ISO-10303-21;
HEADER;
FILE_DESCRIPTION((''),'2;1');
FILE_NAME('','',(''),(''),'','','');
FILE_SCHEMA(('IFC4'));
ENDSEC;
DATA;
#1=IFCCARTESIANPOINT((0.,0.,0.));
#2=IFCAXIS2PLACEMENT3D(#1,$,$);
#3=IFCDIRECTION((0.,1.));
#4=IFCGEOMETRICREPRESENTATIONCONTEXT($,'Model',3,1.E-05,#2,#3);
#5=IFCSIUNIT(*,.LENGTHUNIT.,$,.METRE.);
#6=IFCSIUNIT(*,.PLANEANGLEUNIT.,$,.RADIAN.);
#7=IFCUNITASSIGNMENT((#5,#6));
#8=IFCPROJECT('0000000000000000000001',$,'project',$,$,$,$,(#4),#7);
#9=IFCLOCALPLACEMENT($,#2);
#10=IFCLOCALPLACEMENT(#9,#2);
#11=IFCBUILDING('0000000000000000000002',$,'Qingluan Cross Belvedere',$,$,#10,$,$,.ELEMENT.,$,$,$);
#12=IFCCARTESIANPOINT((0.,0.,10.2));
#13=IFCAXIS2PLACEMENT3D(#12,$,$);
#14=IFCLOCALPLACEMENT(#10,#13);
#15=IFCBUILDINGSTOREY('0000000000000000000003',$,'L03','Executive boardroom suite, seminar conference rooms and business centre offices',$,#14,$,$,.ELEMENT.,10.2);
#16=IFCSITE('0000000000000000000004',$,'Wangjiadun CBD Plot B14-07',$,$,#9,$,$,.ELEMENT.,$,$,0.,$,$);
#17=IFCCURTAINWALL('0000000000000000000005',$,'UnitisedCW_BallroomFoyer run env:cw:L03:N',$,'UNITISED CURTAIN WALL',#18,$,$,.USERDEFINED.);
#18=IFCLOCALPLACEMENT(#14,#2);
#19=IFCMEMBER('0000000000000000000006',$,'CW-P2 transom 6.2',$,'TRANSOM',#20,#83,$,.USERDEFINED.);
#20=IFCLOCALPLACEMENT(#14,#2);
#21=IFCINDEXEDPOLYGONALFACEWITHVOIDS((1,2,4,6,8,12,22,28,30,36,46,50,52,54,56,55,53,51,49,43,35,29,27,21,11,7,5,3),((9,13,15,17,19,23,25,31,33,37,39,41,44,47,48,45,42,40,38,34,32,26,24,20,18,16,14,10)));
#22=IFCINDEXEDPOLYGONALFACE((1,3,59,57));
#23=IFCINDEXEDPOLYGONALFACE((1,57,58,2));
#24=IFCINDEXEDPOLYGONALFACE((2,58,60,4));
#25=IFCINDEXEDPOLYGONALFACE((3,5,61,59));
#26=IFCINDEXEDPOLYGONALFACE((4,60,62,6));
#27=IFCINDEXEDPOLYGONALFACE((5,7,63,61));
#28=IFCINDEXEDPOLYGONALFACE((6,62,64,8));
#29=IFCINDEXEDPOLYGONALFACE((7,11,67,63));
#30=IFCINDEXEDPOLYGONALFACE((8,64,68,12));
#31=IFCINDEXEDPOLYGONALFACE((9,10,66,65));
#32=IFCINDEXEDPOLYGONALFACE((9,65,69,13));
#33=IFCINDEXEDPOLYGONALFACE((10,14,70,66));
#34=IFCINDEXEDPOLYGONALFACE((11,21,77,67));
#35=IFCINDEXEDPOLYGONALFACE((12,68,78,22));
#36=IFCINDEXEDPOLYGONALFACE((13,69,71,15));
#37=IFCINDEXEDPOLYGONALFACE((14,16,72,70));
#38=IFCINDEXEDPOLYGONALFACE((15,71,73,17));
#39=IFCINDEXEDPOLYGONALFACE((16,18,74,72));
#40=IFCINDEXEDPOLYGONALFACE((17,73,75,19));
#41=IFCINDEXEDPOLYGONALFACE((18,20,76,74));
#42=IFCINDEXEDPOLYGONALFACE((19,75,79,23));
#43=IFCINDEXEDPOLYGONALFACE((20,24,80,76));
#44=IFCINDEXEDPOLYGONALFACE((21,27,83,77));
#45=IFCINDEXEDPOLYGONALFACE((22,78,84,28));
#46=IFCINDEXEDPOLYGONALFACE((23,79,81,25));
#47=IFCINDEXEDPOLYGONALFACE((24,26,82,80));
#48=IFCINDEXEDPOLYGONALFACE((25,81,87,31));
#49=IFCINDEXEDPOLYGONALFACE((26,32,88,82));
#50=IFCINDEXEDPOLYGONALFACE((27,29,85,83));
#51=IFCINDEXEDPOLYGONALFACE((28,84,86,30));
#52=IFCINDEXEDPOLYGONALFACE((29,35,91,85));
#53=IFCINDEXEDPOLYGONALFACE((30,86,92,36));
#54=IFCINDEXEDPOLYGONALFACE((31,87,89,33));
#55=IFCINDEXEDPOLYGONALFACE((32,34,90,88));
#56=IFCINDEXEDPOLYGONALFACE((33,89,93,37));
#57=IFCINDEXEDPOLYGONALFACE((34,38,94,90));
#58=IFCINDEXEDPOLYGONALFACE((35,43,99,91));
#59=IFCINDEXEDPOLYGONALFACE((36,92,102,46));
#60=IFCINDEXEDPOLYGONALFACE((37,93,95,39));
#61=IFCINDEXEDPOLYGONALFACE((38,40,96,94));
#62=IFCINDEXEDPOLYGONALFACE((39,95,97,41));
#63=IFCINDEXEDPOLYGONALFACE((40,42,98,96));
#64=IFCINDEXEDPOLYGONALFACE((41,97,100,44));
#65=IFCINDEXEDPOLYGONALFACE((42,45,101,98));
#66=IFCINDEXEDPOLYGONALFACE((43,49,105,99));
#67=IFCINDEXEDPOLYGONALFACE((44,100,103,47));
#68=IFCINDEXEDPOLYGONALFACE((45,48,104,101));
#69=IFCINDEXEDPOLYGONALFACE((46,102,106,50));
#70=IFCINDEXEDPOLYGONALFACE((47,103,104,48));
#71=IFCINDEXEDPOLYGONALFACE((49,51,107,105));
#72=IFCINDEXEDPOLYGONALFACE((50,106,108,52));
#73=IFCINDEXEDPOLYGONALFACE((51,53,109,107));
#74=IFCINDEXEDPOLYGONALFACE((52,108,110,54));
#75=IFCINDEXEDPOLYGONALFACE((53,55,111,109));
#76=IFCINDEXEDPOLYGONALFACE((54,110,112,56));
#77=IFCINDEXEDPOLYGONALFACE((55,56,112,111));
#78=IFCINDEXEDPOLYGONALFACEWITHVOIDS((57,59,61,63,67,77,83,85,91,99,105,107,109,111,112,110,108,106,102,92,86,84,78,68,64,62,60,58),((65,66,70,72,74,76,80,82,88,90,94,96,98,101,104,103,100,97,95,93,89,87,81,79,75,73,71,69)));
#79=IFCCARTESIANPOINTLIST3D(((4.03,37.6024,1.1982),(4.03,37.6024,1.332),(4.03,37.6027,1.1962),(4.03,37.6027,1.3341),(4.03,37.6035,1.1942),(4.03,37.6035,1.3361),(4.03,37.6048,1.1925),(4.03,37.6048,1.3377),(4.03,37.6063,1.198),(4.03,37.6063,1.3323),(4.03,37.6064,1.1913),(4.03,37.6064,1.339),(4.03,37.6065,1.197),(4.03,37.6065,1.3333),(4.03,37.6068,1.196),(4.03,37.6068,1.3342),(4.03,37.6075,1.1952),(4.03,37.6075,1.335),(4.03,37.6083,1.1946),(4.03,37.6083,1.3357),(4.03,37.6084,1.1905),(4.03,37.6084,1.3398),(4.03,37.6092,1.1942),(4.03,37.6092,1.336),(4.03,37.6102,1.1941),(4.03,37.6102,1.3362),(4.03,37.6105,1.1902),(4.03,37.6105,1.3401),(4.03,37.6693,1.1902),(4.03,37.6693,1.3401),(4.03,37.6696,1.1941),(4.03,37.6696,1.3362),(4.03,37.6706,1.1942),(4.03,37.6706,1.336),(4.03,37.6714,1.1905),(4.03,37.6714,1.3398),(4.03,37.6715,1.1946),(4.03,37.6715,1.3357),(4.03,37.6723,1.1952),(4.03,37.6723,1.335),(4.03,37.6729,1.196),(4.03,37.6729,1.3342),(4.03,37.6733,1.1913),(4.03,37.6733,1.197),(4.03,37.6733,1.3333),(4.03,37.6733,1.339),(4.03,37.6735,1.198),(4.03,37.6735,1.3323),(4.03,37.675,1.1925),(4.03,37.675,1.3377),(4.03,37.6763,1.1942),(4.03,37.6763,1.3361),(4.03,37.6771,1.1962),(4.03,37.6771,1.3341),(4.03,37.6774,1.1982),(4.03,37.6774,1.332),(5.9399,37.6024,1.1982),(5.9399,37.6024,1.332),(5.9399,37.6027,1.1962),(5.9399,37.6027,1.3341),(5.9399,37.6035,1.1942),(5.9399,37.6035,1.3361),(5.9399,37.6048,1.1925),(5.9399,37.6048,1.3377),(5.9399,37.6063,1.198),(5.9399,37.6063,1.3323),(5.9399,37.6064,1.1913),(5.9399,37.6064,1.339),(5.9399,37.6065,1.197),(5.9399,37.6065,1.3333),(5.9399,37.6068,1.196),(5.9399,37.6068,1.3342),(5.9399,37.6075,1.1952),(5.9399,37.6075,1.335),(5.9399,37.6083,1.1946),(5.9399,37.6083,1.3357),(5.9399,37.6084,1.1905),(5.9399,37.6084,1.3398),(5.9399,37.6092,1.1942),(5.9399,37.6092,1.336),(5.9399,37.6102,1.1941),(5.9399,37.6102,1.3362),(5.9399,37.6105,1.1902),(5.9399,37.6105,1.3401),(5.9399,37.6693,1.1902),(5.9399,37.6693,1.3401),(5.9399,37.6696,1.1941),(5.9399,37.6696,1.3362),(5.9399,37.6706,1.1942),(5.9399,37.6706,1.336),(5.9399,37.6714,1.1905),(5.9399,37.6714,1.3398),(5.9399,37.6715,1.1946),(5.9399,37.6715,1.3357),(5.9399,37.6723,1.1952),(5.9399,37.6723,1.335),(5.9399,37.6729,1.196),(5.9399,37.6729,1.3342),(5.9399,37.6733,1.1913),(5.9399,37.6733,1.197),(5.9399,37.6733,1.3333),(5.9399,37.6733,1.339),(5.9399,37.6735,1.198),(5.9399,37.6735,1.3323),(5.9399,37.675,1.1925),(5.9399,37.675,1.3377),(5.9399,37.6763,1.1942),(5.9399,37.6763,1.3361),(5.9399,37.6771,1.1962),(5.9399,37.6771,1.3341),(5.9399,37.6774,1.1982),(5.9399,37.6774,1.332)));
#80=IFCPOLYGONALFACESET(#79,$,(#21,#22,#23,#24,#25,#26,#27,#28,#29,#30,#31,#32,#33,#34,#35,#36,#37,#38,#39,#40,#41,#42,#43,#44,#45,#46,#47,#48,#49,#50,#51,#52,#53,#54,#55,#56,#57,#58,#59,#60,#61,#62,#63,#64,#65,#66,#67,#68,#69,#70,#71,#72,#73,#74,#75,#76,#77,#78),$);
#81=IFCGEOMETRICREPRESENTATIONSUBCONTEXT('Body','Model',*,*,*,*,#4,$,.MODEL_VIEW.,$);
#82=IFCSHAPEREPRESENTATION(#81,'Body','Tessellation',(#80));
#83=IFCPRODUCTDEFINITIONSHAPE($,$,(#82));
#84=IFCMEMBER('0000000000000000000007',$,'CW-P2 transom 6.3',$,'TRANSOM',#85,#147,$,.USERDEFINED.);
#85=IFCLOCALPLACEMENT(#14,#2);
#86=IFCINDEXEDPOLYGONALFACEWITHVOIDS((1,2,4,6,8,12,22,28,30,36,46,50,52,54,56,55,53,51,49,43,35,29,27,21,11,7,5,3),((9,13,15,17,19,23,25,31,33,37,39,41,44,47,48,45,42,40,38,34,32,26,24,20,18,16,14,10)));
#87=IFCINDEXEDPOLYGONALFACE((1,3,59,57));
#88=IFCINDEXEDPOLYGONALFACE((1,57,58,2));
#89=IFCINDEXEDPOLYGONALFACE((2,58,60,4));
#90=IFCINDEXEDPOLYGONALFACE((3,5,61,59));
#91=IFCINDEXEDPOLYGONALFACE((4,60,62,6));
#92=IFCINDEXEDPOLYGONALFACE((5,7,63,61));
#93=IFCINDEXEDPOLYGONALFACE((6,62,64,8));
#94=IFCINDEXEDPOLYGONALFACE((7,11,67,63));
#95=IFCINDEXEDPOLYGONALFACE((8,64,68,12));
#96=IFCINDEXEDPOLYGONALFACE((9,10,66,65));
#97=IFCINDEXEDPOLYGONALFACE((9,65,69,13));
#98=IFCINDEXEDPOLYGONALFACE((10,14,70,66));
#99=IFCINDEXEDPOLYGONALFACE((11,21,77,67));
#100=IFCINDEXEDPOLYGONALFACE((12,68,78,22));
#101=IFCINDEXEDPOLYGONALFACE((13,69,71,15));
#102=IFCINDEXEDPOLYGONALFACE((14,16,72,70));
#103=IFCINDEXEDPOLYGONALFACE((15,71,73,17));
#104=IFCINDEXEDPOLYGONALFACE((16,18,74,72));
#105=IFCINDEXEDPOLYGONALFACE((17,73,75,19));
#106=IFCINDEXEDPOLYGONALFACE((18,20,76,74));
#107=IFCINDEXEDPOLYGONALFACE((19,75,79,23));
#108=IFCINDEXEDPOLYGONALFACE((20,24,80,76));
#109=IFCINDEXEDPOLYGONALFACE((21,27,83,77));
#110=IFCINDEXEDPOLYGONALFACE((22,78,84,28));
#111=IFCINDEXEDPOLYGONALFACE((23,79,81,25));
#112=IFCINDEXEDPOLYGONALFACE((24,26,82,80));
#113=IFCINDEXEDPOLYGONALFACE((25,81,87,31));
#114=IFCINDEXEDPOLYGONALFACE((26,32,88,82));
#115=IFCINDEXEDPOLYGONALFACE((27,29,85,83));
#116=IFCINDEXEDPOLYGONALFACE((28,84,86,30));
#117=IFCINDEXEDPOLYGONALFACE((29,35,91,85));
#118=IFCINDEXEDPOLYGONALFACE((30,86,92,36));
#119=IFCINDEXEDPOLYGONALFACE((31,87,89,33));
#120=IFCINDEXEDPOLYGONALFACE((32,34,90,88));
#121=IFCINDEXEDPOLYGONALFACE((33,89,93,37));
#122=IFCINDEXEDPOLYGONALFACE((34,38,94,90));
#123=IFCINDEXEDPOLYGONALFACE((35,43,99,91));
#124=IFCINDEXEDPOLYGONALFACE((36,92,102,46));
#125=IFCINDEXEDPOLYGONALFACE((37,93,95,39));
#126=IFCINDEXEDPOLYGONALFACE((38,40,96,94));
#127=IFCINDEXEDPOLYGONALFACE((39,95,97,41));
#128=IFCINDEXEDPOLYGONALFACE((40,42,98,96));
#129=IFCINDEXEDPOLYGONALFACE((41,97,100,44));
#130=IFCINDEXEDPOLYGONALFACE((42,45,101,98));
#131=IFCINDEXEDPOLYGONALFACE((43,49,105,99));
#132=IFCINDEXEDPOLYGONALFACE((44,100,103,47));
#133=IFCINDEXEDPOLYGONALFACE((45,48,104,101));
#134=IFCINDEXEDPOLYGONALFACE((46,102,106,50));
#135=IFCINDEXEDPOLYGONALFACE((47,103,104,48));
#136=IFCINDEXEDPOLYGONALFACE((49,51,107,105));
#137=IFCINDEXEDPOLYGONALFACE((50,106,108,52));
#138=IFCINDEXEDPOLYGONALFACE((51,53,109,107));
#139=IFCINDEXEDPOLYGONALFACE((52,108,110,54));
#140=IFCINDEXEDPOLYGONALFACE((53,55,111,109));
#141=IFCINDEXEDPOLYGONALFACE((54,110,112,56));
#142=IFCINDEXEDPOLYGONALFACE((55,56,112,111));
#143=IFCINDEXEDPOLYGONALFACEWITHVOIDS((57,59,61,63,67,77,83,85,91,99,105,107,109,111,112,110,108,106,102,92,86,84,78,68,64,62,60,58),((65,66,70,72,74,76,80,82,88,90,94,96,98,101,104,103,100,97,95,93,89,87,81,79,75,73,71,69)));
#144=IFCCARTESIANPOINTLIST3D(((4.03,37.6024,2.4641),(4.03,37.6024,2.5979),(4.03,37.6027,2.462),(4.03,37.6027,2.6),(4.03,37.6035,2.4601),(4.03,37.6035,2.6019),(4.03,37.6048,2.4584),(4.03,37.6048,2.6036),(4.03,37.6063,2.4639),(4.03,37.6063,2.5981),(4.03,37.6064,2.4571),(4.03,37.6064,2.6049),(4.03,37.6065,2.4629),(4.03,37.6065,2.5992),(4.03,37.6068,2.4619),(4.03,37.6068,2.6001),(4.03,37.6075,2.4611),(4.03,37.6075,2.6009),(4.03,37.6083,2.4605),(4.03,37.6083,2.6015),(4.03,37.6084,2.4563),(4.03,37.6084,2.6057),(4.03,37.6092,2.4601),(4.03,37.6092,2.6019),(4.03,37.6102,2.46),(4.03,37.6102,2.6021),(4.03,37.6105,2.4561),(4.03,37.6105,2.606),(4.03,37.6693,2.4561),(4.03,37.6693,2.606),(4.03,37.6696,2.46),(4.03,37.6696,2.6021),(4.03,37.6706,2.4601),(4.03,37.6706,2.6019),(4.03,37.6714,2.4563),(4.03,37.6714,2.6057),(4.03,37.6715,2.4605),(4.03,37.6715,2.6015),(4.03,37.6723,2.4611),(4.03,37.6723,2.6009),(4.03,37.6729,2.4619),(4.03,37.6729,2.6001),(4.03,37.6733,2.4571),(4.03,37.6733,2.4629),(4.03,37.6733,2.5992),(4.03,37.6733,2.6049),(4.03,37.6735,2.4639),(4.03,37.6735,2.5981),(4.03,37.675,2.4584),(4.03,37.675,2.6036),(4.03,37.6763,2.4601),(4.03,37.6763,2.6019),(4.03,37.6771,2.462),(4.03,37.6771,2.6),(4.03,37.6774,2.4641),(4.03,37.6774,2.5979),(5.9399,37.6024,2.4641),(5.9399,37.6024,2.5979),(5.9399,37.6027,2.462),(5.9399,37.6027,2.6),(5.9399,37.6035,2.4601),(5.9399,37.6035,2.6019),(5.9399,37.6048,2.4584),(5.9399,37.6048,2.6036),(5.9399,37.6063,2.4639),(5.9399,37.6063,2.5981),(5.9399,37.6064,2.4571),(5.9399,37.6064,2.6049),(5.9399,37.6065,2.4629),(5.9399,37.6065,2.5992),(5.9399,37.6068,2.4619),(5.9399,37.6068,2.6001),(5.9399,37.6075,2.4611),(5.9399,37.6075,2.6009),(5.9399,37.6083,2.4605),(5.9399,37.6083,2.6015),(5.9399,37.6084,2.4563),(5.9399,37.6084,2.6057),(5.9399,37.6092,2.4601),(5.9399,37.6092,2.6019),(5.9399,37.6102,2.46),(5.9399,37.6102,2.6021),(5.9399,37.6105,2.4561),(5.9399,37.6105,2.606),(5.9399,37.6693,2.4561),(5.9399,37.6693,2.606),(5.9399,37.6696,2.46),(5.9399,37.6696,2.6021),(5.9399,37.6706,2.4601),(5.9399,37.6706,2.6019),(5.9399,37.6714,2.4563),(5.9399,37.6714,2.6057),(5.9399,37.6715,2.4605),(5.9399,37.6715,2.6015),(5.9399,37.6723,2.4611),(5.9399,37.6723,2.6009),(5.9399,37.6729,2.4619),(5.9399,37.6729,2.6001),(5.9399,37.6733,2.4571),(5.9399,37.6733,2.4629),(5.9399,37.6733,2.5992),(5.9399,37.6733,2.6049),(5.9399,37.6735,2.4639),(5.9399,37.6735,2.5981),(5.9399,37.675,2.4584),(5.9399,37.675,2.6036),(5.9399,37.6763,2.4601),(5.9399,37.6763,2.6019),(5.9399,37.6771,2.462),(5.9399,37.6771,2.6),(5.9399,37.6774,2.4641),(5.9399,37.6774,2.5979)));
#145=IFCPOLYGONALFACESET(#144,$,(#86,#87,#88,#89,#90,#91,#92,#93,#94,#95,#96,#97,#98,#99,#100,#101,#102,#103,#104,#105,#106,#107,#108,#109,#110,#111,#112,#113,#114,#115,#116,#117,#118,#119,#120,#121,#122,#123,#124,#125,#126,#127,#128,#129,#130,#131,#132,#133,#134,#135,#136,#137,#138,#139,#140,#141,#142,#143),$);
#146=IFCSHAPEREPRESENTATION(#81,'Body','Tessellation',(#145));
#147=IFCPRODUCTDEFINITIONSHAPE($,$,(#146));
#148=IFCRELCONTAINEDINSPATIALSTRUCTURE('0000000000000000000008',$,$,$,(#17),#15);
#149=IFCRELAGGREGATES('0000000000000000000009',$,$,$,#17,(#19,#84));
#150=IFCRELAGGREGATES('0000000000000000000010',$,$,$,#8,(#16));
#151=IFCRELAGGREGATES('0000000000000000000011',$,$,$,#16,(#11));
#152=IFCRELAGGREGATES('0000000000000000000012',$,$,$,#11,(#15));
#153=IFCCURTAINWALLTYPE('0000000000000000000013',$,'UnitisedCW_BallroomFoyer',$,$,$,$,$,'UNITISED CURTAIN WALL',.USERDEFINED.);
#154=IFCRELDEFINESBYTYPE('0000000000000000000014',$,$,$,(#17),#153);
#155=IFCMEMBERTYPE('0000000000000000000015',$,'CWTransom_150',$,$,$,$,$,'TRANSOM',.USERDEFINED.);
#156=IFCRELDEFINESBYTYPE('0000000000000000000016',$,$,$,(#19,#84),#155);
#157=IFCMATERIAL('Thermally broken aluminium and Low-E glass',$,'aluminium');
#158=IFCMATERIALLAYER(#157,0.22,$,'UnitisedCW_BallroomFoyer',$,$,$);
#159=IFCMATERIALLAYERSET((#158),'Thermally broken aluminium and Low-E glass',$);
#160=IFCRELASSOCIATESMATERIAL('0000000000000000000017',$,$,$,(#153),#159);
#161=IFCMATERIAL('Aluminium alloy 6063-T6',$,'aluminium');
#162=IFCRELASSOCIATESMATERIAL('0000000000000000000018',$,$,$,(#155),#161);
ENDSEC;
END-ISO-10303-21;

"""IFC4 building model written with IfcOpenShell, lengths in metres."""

from ifc_helpers import new_model, si_unit, direction, frame, origin, origin_2d, place, context, subcontext, project, spatial, hollow_rectangle, extrude, material, layer, layer_set, material_profile, profile_set, type_object, element, aggregate, save


model = new_model("IFC4")

# Units and contexts
model_context = context("Model", 3, precision=1e-05, world=origin(), true_north=direction((0.0, 1.0)))
body_context = subcontext(model_context, "Body", "Model", "MODEL_VIEW")
ifc_project = project(units=[si_unit("LENGTHUNIT", "METRE"), si_unit("PLANEANGLEUNIT", "RADIAN")], contexts=[model_context])

# Site, building, storey
site_placement = place(None, origin())
site = spatial("IfcSite", under=ifc_project, at=site_placement, Name="Wangjiadun CBD Plot B14-07", CompositionType="ELEMENT", RefElevation=0.0)
building_placement = place(site_placement, origin())
building = spatial("IfcBuilding", under=site, at=building_placement, Name="Qingluan Cross Belvedere", CompositionType="ELEMENT")
storey_placement = place(building_placement, frame((0.0, 0.0, 10.2)))
storey = spatial("IfcBuildingStorey", under=building, at=storey_placement, Name="L03", Description="Executive boardroom suite, seminar conference rooms and business centre offices", CompositionType="ELEMENT", Elevation=10.2)

# Curtain wall, members
ifc_material_1 = material(Name="Thermally broken aluminium and Low-E glass", Category="aluminium")
ifc_layer_1 = layer(ifc_material_1, 0.22, Name="UnitisedCW_BallroomFoyer")
ifc_layer_set_1 = layer_set([ifc_layer_1], Name="Thermally broken aluminium and Low-E glass")
curtain_wall_type = type_object("IfcCurtainWallType", Name="UnitisedCW_BallroomFoyer", ElementType="UNITISED CURTAIN WALL", PredefinedType="USERDEFINED", material=ifc_layer_set_1)
curtain_wall_placement = place(storey_placement, origin())
curtain_wall = element("IfcCurtainWall", 1, at=curtain_wall_placement, inside=storey, type_object=curtain_wall_type, Name="UnitisedCW_BallroomFoyer run env:cw:L03:N", ObjectType="UNITISED CURTAIN WALL", PredefinedType="USERDEFINED")
ifc_material_2 = material(Name="Aluminium alloy 6063-T6", Category="aluminium")
ifc_material_profile_1 = material_profile(ifc_material_2, hollow_rectangle(XDim=0.075, YDim=0.1499, WallThickness=0.0039, InnerFilletRadius=0.0039, OuterFilletRadius=0.0081, at=origin_2d()), Name="CWT150x75x4")
ifc_profile_set_1 = profile_set([ifc_material_profile_1], Name="Aluminium alloy 6063-T6")
member_type_1 = type_object("IfcMemberType", Name="CWTransom_150", ElementType="TRANSOM", PredefinedType="USERDEFINED", material=ifc_profile_set_1)
member_1_placement = place(storey_placement, frame((4.03, 37.6399, 1.2651), z_axis=(1.0, 0.0, 0.0), x_axis=(0.0, 1.0, 0.0)))
member_1 = element("IfcMember", 2, at=member_1_placement, type_object=member_type_1, Name="CW-P2 transom 6.2", ObjectType="TRANSOM", PredefinedType="USERDEFINED", context=body_context, shape_type="SweptSolid", body=[
    extrude(hollow_rectangle(XDim=0.075, YDim=0.1499, WallThickness=0.0039, InnerFilletRadius=0.0039, OuterFilletRadius=0.0081, at=origin_2d()), origin(), (0.0, 0.0, 1.0), 1.9099),
])
member_2_placement = place(storey_placement, frame((4.03, 37.6399, 2.531), z_axis=(1.0, 0.0, 0.0), x_axis=(0.0, 1.0, 0.0)))
member_2 = element("IfcMember", 3, at=member_2_placement, type_object=member_type_1, Name="CW-P2 transom 6.3", ObjectType="TRANSOM", PredefinedType="USERDEFINED", context=body_context, shape_type="SweptSolid", body=[
    extrude(hollow_rectangle(XDim=0.075, YDim=0.1499, WallThickness=0.0039, InnerFilletRadius=0.0039, OuterFilletRadius=0.0081, at=origin_2d()), origin(), (0.0, 0.0, 1.0), 1.9099),
])

aggregate(curtain_wall, [member_1, member_2])

save(model, "model.ifc")
